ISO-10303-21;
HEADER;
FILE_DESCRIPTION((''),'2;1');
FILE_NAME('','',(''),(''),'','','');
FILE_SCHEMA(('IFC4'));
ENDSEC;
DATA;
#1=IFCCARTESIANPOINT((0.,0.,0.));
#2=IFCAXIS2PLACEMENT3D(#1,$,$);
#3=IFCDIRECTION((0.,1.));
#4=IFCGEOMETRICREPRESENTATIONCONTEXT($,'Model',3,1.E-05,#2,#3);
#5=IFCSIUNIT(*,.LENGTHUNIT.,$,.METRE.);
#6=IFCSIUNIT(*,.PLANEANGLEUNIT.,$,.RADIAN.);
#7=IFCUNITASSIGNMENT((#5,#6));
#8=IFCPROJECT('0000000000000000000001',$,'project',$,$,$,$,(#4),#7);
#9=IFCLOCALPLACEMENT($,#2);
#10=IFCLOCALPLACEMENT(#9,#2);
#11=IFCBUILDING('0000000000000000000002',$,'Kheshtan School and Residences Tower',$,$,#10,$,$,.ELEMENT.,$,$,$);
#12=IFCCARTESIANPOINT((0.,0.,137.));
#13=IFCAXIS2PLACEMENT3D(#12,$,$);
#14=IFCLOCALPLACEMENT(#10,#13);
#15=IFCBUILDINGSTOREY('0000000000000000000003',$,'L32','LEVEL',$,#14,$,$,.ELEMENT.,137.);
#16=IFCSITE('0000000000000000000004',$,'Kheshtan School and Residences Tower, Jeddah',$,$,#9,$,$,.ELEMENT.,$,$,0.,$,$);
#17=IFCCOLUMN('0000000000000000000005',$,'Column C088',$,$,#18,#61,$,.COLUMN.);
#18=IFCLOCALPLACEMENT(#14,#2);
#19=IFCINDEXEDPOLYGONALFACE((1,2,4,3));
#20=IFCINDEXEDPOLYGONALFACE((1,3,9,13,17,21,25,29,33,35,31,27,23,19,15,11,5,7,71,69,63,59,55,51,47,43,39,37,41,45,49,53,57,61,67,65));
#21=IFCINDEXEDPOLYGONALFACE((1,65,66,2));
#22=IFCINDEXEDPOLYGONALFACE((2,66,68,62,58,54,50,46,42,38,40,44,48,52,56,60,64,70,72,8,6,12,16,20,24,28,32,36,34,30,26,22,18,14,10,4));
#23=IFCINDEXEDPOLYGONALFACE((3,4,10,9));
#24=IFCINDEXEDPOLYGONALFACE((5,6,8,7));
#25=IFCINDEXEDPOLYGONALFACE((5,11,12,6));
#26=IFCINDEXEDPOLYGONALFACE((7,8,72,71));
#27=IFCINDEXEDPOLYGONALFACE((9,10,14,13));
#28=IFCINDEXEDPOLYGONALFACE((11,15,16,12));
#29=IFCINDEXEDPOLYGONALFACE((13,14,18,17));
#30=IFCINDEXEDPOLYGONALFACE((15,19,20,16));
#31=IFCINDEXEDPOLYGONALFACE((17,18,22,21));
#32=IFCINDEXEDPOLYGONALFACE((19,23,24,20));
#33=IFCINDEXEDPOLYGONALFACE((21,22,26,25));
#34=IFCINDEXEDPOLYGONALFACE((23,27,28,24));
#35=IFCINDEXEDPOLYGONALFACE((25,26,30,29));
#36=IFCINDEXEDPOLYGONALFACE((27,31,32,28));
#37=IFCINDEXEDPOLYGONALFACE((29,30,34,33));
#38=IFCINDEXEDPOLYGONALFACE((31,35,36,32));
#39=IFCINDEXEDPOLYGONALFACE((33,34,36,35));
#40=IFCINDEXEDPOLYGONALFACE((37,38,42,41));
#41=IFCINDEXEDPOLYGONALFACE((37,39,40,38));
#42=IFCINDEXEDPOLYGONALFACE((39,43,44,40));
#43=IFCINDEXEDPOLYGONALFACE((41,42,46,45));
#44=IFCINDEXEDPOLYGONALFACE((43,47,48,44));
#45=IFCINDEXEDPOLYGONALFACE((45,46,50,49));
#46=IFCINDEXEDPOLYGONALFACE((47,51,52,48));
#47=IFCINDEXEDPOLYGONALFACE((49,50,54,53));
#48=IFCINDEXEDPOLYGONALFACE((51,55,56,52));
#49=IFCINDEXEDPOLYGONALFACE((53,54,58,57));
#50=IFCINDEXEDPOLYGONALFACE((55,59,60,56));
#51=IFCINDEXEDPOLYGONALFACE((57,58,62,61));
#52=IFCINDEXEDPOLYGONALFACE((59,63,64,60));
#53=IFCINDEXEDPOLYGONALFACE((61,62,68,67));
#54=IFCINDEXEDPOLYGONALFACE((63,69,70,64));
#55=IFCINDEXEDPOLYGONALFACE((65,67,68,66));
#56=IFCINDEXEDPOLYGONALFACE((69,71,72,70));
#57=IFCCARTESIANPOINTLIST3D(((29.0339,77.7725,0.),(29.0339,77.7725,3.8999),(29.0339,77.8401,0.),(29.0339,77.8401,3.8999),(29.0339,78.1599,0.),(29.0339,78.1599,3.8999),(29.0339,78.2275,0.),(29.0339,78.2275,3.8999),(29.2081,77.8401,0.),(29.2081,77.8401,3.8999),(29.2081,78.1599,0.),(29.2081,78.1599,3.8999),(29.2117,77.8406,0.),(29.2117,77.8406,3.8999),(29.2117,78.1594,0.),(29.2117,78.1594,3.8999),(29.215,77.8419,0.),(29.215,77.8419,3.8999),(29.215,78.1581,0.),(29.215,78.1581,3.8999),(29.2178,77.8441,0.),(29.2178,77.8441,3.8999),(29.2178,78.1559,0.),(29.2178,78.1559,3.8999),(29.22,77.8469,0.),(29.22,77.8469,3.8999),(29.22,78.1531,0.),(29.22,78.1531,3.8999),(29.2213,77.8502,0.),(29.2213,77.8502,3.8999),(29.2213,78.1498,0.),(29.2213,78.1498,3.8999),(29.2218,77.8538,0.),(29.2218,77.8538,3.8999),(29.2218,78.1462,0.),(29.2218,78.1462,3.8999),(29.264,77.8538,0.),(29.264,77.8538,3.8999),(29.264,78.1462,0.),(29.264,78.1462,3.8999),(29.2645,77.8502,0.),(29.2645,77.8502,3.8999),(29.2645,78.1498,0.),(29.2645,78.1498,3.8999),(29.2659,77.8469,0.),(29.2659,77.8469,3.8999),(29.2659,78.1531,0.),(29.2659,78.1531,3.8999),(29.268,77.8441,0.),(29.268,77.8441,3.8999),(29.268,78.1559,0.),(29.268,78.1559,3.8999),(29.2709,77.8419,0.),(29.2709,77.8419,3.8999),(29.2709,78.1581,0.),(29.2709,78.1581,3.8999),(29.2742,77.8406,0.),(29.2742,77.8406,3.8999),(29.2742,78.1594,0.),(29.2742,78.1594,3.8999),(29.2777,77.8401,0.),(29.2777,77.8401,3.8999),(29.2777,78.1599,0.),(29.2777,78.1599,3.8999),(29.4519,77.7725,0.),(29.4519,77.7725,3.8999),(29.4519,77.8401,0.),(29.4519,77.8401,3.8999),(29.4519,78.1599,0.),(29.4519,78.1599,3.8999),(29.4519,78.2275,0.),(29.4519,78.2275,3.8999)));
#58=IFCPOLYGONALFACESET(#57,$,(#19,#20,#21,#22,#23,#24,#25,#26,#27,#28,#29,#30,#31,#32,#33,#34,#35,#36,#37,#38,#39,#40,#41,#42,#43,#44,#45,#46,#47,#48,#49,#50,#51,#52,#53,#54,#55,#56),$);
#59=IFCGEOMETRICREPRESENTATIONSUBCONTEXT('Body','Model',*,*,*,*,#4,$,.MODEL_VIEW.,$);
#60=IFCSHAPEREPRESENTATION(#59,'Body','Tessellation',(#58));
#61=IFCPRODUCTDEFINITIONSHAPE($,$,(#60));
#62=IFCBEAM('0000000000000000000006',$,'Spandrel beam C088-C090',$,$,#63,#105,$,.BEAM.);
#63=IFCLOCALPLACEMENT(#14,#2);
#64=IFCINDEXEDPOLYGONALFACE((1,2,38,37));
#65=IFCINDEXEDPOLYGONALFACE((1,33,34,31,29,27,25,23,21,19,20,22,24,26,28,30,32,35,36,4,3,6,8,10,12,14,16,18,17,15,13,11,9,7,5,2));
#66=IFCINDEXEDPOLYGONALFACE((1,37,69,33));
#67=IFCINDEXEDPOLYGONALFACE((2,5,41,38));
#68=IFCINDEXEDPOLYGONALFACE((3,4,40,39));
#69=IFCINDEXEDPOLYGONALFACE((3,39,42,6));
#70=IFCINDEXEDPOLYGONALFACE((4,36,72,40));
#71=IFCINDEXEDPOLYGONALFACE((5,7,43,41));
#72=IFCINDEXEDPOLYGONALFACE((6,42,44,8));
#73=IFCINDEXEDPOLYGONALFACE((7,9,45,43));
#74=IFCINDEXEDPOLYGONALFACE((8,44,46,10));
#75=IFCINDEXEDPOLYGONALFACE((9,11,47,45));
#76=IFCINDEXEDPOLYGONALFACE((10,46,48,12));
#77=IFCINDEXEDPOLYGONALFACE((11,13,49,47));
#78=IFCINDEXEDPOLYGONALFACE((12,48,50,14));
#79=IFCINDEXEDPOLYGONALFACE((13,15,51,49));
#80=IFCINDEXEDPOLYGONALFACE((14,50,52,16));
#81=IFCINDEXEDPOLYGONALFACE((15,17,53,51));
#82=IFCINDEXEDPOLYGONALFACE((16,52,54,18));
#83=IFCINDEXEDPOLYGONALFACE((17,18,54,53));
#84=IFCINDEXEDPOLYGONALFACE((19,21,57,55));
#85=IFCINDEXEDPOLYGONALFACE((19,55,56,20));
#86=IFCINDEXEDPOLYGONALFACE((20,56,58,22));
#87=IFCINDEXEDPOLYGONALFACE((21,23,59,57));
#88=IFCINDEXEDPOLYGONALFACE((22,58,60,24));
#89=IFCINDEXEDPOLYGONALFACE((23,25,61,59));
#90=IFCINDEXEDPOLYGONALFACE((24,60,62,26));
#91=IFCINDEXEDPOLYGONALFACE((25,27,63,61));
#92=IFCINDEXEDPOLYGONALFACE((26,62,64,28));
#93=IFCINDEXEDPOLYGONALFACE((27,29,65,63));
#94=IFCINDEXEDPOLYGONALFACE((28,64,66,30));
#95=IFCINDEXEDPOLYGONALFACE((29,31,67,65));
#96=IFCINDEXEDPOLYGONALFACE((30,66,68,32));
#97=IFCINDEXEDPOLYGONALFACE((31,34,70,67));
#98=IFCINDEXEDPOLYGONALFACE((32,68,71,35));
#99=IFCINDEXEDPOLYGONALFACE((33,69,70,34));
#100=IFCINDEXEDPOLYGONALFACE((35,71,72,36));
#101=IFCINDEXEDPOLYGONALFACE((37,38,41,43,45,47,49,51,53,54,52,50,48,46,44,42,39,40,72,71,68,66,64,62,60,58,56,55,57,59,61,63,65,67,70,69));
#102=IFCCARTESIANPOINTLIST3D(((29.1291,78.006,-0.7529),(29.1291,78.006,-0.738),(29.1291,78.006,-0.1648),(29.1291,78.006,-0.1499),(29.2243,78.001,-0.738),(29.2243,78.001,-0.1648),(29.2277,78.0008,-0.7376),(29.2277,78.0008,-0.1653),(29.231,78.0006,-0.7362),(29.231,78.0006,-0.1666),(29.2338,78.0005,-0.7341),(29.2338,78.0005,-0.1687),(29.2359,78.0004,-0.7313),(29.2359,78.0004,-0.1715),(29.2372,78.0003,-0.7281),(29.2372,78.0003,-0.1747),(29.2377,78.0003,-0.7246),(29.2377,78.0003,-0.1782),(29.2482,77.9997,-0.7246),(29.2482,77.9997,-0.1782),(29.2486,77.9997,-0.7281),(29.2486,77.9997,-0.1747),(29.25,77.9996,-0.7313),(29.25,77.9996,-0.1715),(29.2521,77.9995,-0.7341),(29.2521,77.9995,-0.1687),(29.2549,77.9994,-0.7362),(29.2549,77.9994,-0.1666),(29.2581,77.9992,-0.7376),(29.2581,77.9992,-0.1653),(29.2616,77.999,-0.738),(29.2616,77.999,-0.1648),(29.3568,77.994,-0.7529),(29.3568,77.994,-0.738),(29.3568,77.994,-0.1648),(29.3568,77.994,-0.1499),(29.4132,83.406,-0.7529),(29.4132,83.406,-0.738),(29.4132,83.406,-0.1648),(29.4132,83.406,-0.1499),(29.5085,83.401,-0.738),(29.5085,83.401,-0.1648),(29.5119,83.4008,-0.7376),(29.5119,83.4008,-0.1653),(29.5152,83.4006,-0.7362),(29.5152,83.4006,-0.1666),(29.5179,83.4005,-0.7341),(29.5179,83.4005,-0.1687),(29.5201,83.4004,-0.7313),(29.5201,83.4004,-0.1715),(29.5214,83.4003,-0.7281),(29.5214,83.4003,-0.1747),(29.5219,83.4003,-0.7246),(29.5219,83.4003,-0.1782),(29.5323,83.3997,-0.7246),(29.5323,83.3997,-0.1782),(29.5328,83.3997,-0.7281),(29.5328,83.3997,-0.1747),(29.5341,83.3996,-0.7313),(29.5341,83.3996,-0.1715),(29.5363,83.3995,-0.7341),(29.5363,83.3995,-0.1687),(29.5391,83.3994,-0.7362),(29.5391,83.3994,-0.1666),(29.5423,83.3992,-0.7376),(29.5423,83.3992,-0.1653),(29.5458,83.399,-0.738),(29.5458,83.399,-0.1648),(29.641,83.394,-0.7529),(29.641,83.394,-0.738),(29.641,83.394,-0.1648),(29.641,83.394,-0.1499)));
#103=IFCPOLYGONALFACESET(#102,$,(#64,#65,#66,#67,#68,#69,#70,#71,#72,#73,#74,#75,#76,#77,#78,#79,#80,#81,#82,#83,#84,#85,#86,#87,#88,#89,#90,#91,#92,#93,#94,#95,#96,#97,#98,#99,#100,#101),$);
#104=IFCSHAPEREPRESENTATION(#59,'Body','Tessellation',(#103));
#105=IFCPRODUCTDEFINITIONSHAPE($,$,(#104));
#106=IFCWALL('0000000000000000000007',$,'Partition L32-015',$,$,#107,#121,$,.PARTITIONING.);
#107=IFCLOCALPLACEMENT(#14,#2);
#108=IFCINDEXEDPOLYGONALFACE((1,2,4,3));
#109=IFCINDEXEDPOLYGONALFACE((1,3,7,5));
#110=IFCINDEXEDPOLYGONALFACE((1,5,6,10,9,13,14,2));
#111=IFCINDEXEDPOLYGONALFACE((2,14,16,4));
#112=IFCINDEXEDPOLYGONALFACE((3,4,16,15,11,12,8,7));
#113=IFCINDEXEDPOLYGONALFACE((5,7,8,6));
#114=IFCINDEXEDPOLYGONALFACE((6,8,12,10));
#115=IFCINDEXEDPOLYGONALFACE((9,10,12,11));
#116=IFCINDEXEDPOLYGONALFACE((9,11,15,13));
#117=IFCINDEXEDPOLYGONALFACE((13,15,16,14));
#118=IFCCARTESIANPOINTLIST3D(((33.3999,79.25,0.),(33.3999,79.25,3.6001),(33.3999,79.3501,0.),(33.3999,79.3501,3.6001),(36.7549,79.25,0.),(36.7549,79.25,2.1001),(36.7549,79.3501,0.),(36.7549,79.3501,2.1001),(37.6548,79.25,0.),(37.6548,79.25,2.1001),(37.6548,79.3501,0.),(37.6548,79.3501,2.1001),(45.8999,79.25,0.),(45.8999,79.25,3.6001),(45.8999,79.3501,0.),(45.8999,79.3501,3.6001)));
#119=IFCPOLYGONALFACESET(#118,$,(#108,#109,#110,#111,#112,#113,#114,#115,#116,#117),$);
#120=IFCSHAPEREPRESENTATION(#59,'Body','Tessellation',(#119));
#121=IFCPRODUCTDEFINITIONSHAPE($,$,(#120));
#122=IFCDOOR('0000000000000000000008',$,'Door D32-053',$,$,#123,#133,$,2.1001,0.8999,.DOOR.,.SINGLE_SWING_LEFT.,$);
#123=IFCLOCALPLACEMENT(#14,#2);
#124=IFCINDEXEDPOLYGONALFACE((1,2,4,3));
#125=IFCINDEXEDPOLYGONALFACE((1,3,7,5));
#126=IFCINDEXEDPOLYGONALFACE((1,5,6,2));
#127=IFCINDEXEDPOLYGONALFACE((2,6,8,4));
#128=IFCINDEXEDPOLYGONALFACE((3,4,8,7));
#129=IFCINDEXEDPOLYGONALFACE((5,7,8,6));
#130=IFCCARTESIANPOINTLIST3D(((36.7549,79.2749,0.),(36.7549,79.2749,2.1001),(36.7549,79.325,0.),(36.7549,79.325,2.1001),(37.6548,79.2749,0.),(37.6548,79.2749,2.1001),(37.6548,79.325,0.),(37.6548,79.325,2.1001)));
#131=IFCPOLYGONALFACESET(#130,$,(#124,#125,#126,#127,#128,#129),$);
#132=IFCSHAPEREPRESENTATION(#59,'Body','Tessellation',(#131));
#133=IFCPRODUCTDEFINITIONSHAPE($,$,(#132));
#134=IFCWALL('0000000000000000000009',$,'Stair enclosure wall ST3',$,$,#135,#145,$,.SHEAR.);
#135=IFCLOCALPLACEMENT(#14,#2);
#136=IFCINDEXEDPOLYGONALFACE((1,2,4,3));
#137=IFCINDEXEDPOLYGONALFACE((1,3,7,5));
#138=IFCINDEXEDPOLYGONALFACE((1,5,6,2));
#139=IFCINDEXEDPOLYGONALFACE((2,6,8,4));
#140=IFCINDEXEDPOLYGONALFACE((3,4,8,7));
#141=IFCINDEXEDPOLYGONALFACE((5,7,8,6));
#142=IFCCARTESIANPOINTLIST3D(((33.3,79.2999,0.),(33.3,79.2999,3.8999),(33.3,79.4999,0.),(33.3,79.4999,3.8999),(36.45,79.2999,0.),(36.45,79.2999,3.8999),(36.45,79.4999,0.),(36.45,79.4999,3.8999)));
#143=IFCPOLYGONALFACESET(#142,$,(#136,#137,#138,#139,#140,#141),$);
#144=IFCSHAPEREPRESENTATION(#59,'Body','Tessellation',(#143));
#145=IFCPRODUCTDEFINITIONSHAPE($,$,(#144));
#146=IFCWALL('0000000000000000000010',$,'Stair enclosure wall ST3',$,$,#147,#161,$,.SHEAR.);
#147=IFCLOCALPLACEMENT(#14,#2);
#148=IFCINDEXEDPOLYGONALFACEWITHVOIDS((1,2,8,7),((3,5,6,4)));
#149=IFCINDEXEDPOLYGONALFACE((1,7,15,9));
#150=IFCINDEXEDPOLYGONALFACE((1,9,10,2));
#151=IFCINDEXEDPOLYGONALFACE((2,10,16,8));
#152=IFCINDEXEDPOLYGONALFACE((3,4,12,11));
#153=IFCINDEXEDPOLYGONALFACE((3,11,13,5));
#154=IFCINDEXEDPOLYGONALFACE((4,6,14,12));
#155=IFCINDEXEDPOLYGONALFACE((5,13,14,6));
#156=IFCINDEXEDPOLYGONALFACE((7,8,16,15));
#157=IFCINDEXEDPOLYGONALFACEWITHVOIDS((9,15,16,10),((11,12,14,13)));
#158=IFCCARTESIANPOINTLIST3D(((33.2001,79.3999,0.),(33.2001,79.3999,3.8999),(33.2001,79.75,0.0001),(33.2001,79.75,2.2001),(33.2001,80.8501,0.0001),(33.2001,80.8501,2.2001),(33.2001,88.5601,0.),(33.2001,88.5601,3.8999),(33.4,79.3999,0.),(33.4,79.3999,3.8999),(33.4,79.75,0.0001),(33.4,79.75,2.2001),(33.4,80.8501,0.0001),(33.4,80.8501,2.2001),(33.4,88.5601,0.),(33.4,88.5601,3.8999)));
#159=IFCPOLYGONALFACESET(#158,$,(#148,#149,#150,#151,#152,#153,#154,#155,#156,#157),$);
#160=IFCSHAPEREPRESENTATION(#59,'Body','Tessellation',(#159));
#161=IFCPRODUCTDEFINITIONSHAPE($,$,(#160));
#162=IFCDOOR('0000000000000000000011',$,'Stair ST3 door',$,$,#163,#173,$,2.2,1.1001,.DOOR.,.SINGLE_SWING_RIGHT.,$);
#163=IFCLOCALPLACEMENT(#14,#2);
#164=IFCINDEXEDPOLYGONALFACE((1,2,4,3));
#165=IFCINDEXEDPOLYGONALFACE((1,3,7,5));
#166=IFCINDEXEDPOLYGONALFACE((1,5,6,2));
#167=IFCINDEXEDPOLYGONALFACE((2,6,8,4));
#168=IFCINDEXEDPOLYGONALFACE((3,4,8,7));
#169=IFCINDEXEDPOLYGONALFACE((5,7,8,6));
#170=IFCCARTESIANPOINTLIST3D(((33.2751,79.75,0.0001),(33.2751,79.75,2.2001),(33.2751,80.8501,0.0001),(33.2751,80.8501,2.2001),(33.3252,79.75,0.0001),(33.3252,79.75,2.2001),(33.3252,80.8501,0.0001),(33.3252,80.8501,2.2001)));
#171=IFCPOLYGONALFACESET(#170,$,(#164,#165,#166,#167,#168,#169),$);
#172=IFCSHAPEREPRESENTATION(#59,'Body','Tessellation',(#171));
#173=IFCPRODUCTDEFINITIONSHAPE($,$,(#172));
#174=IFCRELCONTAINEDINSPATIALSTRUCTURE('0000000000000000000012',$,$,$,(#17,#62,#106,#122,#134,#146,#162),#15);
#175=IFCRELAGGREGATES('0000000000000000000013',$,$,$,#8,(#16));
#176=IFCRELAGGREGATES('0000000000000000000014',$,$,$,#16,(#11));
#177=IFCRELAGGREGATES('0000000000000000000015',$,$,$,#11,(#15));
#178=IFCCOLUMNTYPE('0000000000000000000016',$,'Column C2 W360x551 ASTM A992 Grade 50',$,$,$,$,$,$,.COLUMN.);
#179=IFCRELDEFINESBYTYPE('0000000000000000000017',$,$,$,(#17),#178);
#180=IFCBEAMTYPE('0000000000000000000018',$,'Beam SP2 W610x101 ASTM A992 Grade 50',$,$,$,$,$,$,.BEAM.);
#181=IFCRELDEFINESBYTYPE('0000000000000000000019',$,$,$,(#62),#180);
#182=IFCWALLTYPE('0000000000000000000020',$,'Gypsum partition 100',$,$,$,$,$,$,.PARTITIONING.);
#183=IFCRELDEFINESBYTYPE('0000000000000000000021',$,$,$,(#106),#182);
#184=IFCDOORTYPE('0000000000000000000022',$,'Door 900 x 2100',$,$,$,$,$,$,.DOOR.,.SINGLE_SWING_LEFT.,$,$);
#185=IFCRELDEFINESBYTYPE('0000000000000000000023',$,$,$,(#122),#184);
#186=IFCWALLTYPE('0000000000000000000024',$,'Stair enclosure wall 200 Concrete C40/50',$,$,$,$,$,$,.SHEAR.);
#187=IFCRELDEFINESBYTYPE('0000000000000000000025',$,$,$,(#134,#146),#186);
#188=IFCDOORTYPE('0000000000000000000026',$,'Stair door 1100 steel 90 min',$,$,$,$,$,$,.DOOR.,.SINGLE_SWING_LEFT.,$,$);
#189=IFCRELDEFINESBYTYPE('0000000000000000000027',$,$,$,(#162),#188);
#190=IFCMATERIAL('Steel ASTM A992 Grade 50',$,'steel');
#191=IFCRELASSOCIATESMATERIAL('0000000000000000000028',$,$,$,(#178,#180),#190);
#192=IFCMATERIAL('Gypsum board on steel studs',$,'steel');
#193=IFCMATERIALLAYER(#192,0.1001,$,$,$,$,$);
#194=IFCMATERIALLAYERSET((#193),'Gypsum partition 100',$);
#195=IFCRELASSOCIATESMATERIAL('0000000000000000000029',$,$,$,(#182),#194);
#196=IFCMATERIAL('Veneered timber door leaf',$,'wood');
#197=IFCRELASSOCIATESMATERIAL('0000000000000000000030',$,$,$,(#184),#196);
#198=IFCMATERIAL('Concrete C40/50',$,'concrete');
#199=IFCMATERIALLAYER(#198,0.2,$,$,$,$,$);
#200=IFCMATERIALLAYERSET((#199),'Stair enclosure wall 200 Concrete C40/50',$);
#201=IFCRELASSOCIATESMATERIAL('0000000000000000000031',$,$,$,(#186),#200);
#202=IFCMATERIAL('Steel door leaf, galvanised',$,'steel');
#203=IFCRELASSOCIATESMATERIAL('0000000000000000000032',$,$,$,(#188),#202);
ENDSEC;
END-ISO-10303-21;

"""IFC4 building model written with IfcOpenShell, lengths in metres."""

from ifc_helpers import new_model, si_unit, direction, frame, frame_2d, origin, origin_2d, place, context, subcontext, project, spatial, rectangle, i_section, extrude, source, transform, mapped, material, layer, layer_set, material_profile, profile_set, type_object, element, fill, save


model = new_model("IFC4")

# Units and contexts
model_context = context("Model", 3, precision=1e-05, world=origin(), true_north=direction((0.0, 1.0)))
body_context = subcontext(model_context, "Body", "Model", "MODEL_VIEW")
ifc_project = project(units=[si_unit("LENGTHUNIT", "METRE"), si_unit("PLANEANGLEUNIT", "RADIAN")], contexts=[model_context])

# Site, building, storey
site_placement = place(None, origin())
site = spatial("IfcSite", under=ifc_project, at=site_placement, Name="Kheshtan School and Residences Tower, Jeddah", CompositionType="ELEMENT", RefElevation=0.0)
building_placement = place(site_placement, origin())
building = spatial("IfcBuilding", under=site, at=building_placement, Name="Kheshtan School and Residences Tower", CompositionType="ELEMENT")
storey_placement = place(building_placement, frame((0.0, 0.0, 137.0)))
storey = spatial("IfcBuildingStorey", under=building, at=storey_placement, Name="L32", Description="LEVEL", CompositionType="ELEMENT", Elevation=137.0)

# Column
ifc_material_1 = material(Name="Steel ASTM A992 Grade 50", Category="steel")
ifc_material_profile_1 = material_profile(ifc_material_1, i_section(OverallWidth=0.418, OverallDepth=0.4551, WebThickness=0.0422, FlangeThickness=0.0676, FilletRadius=0.0137, at=origin_2d()), Name="W360x551")
ifc_profile_set_1 = profile_set([ifc_material_profile_1], Name="Steel ASTM A992 Grade 50")
column_type = type_object("IfcColumnType", Name="Column C2 W360x551 ASTM A992 Grade 50", PredefinedType="COLUMN", material=ifc_profile_set_1)
column_placement = place(storey_placement, frame((29.2429, 78.0, 0.0), z_axis=(0.0, 0.0, 1.0), x_axis=(1.0, 0.0, 0.0)))
element("IfcColumn", 1, at=column_placement, inside=storey, type_object=column_type, Name="Column C088", PredefinedType="COLUMN", context=body_context, shape_type="SweptSolid", body=[
    extrude(i_section(OverallWidth=0.418, OverallDepth=0.4551, WebThickness=0.0422, FlangeThickness=0.0676, FilletRadius=0.0137, at=origin_2d()), origin(), (0.0, 0.0, 1.0), 3.8999),
])

# Beam
ifc_material_profile_2 = material_profile(ifc_material_1, i_section(OverallWidth=0.228, OverallDepth=0.603, WebThickness=0.0105, FlangeThickness=0.0149, FilletRadius=0.0134, at=origin_2d()), Name="W610x101")
ifc_profile_set_2 = profile_set([ifc_material_profile_2], Name="Steel ASTM A992 Grade 50")
beam_type = type_object("IfcBeamType", Name="Beam SP2 W610x101 ASTM A992 Grade 50", PredefinedType="BEAM", material=ifc_profile_set_2)
beam_placement = place(storey_placement, frame((29.2429, 78.0, -0.4514), z_axis=(0.052554, 0.998618, 0.0), x_axis=(-0.998618, 0.052554, 0.0)))
element("IfcBeam", 2, at=beam_placement, inside=storey, type_object=beam_type, Name="Spandrel beam C088-C090", PredefinedType="BEAM", context=body_context, shape_type="SweptSolid", body=[
    extrude(i_section(OverallWidth=0.228, OverallDepth=0.603, WebThickness=0.0105, FlangeThickness=0.0149, FilletRadius=0.0134, at=origin_2d()), origin(), (0.0, 0.0, 1.0), 5.4075),
])

# Wall, opening, door
ifc_material_2 = material(Name="Gypsum board on steel studs", Category="steel")
ifc_layer_1 = layer(ifc_material_2, 0.1001)
ifc_layer_set_1 = layer_set([ifc_layer_1], Name="Gypsum partition 100")
wall_type_1 = type_object("IfcWallType", Name="Gypsum partition 100", PredefinedType="PARTITIONING", material=ifc_layer_set_1)
wall_1_placement = place(storey_placement, frame((33.3999, 79.3, 0.0), z_axis=(0.0, 0.0, 1.0), x_axis=(1.0, 0.0, 0.0)))
wall_1 = element("IfcWall", 3, at=wall_1_placement, inside=storey, type_object=wall_type_1, Name="Partition L32-015", PredefinedType="PARTITIONING", context=body_context, shape_type="SweptSolid", body=[
    extrude(rectangle(XDim=12.5, YDim=0.1001, at=frame_2d((6.25, 0.0))), origin(), (0.0, 0.0, 1.0), 3.6001),
])
opening_1_placement = place(wall_1_placement, frame((3.355, 0.0, 0.0)))
opening_1 = element("IfcOpeningElement", 4, at=opening_1_placement, cuts=wall_1, PredefinedType="OPENING", context=body_context, shape_type="SweptSolid", body=[
    extrude(rectangle(XDim=0.8999, YDim=2.1001, at=frame_2d((0.45, 1.05))), frame((0.0, 0.0601, 0.0), z_axis=(0.0, -1.0, 0.0), x_axis=(1.0, 0.0, 0.0)), (0.0, 0.0, 1.0), 0.1201),
])
ifc_material_3 = material(Name="Veneered timber door leaf", Category="wood")
door_type_1 = type_object("IfcDoorType", Name="Door 900 x 2100", OperationType="SINGLE_SWING_LEFT", PredefinedType="DOOR", material=ifc_material_3)
shared_shape_1 = source(origin(), body_context, "Body", "SweptSolid", [
    extrude(rectangle(XDim=0.8999, YDim=2.1001, at=frame_2d((0.45, 1.05))), frame((0.0, 0.0249, 0.0), z_axis=(0.0, -1.0, 0.0), x_axis=(1.0, 0.0, 0.0)), (0.0, 0.0, 1.0), 0.05),
])
door_1_placement = place(opening_1_placement, origin())
door_1 = element("IfcDoor", 5, at=door_1_placement, inside=storey, type_object=door_type_1, Name="Door D32-053", OperationType="SINGLE_SWING_LEFT", OverallHeight=2.1001, OverallWidth=0.8999, PredefinedType="DOOR", context=body_context, shape_type="MappedRepresentation", body=[
    mapped(shared_shape_1, transform((0.0, 0.0, 0.0), x_axis=(1.0, 0.0, 0.0), y_axis=(0.0, 1.0, 0.0), z_axis=(0.0, 0.0, 1.0), scale=1.0)),
])
fill(opening_1, door_1)

# Wall
ifc_material_4 = material(Name="Concrete C40/50", Category="concrete")
ifc_layer_2 = layer(ifc_material_4, 0.2)
ifc_layer_set_2 = layer_set([ifc_layer_2], Name="Stair enclosure wall 200 Concrete C40/50")
wall_type_2 = type_object("IfcWallType", Name="Stair enclosure wall 200 Concrete C40/50", PredefinedType="SHEAR", material=ifc_layer_set_2)
wall_2_placement = place(storey_placement, frame((33.3, 79.3999, 0.0), z_axis=(0.0, 0.0, 1.0), x_axis=(1.0, 0.0, 0.0)))
element("IfcWall", 6, at=wall_2_placement, inside=storey, type_object=wall_type_2, Name="Stair enclosure wall ST3", PredefinedType="SHEAR", context=body_context, shape_type="SweptSolid", body=[
    extrude(rectangle(XDim=3.1499, YDim=0.2, at=frame_2d((1.575, 0.0))), origin(), (0.0, 0.0, 1.0), 3.8999),
])

# Wall, opening, door
wall_3_placement = place(storey_placement, frame((33.3, 79.3999, 0.0), z_axis=(0.0, 0.0, 1.0), x_axis=(0.0, 1.0, 0.0)))
wall_3 = element("IfcWall", 7, at=wall_3_placement, inside=storey, type_object=wall_type_2, Name="Stair enclosure wall ST3", PredefinedType="SHEAR", context=body_context, shape_type="SweptSolid", body=[
    extrude(rectangle(XDim=9.1602, YDim=0.2, at=frame_2d((4.5801, 0.0))), origin(), (0.0, 0.0, 1.0), 3.8999),
])
opening_2_placement = place(wall_3_placement, frame((0.3501, 0.0, 0.0)))
opening_2 = element("IfcOpeningElement", 8, at=opening_2_placement, cuts=wall_3, PredefinedType="OPENING", context=body_context, shape_type="SweptSolid", body=[
    extrude(rectangle(XDim=1.1001, YDim=2.2, at=frame_2d((0.55, 1.1001))), frame((0.0, 0.1099, 0.0), z_axis=(0.0, -1.0, 0.0), x_axis=(1.0, 0.0, 0.0)), (0.0, 0.0, 1.0), 0.22),
])
ifc_material_5 = material(Name="Steel door leaf, galvanised", Category="steel")
door_type_2 = type_object("IfcDoorType", Name="Stair door 1100 steel 90 min", OperationType="SINGLE_SWING_LEFT", PredefinedType="DOOR", material=ifc_material_5)
shared_shape_2 = source(origin(), body_context, "Body", "SweptSolid", [
    extrude(rectangle(XDim=1.1001, YDim=2.2, at=frame_2d((0.55, 1.1001))), frame((0.0, 0.0249, 0.0), z_axis=(0.0, -1.0, 0.0), x_axis=(1.0, 0.0, 0.0)), (0.0, 0.0, 1.0), 0.05),
])
door_2_placement = place(opening_2_placement, origin())
door_2 = element("IfcDoor", 9, at=door_2_placement, inside=storey, type_object=door_type_2, Name="Stair ST3 door", OperationType="SINGLE_SWING_RIGHT", OverallHeight=2.2, OverallWidth=1.1001, PredefinedType="DOOR", context=body_context, shape_type="MappedRepresentation", body=[
    mapped(shared_shape_2, transform((0.0, 0.0, 0.0), x_axis=(1.0, 0.0, 0.0), y_axis=(0.0, 1.0, 0.0), z_axis=(0.0, 0.0, 1.0), scale=1.0)),
])
fill(opening_2, door_2)

save(model, "model.ifc")
